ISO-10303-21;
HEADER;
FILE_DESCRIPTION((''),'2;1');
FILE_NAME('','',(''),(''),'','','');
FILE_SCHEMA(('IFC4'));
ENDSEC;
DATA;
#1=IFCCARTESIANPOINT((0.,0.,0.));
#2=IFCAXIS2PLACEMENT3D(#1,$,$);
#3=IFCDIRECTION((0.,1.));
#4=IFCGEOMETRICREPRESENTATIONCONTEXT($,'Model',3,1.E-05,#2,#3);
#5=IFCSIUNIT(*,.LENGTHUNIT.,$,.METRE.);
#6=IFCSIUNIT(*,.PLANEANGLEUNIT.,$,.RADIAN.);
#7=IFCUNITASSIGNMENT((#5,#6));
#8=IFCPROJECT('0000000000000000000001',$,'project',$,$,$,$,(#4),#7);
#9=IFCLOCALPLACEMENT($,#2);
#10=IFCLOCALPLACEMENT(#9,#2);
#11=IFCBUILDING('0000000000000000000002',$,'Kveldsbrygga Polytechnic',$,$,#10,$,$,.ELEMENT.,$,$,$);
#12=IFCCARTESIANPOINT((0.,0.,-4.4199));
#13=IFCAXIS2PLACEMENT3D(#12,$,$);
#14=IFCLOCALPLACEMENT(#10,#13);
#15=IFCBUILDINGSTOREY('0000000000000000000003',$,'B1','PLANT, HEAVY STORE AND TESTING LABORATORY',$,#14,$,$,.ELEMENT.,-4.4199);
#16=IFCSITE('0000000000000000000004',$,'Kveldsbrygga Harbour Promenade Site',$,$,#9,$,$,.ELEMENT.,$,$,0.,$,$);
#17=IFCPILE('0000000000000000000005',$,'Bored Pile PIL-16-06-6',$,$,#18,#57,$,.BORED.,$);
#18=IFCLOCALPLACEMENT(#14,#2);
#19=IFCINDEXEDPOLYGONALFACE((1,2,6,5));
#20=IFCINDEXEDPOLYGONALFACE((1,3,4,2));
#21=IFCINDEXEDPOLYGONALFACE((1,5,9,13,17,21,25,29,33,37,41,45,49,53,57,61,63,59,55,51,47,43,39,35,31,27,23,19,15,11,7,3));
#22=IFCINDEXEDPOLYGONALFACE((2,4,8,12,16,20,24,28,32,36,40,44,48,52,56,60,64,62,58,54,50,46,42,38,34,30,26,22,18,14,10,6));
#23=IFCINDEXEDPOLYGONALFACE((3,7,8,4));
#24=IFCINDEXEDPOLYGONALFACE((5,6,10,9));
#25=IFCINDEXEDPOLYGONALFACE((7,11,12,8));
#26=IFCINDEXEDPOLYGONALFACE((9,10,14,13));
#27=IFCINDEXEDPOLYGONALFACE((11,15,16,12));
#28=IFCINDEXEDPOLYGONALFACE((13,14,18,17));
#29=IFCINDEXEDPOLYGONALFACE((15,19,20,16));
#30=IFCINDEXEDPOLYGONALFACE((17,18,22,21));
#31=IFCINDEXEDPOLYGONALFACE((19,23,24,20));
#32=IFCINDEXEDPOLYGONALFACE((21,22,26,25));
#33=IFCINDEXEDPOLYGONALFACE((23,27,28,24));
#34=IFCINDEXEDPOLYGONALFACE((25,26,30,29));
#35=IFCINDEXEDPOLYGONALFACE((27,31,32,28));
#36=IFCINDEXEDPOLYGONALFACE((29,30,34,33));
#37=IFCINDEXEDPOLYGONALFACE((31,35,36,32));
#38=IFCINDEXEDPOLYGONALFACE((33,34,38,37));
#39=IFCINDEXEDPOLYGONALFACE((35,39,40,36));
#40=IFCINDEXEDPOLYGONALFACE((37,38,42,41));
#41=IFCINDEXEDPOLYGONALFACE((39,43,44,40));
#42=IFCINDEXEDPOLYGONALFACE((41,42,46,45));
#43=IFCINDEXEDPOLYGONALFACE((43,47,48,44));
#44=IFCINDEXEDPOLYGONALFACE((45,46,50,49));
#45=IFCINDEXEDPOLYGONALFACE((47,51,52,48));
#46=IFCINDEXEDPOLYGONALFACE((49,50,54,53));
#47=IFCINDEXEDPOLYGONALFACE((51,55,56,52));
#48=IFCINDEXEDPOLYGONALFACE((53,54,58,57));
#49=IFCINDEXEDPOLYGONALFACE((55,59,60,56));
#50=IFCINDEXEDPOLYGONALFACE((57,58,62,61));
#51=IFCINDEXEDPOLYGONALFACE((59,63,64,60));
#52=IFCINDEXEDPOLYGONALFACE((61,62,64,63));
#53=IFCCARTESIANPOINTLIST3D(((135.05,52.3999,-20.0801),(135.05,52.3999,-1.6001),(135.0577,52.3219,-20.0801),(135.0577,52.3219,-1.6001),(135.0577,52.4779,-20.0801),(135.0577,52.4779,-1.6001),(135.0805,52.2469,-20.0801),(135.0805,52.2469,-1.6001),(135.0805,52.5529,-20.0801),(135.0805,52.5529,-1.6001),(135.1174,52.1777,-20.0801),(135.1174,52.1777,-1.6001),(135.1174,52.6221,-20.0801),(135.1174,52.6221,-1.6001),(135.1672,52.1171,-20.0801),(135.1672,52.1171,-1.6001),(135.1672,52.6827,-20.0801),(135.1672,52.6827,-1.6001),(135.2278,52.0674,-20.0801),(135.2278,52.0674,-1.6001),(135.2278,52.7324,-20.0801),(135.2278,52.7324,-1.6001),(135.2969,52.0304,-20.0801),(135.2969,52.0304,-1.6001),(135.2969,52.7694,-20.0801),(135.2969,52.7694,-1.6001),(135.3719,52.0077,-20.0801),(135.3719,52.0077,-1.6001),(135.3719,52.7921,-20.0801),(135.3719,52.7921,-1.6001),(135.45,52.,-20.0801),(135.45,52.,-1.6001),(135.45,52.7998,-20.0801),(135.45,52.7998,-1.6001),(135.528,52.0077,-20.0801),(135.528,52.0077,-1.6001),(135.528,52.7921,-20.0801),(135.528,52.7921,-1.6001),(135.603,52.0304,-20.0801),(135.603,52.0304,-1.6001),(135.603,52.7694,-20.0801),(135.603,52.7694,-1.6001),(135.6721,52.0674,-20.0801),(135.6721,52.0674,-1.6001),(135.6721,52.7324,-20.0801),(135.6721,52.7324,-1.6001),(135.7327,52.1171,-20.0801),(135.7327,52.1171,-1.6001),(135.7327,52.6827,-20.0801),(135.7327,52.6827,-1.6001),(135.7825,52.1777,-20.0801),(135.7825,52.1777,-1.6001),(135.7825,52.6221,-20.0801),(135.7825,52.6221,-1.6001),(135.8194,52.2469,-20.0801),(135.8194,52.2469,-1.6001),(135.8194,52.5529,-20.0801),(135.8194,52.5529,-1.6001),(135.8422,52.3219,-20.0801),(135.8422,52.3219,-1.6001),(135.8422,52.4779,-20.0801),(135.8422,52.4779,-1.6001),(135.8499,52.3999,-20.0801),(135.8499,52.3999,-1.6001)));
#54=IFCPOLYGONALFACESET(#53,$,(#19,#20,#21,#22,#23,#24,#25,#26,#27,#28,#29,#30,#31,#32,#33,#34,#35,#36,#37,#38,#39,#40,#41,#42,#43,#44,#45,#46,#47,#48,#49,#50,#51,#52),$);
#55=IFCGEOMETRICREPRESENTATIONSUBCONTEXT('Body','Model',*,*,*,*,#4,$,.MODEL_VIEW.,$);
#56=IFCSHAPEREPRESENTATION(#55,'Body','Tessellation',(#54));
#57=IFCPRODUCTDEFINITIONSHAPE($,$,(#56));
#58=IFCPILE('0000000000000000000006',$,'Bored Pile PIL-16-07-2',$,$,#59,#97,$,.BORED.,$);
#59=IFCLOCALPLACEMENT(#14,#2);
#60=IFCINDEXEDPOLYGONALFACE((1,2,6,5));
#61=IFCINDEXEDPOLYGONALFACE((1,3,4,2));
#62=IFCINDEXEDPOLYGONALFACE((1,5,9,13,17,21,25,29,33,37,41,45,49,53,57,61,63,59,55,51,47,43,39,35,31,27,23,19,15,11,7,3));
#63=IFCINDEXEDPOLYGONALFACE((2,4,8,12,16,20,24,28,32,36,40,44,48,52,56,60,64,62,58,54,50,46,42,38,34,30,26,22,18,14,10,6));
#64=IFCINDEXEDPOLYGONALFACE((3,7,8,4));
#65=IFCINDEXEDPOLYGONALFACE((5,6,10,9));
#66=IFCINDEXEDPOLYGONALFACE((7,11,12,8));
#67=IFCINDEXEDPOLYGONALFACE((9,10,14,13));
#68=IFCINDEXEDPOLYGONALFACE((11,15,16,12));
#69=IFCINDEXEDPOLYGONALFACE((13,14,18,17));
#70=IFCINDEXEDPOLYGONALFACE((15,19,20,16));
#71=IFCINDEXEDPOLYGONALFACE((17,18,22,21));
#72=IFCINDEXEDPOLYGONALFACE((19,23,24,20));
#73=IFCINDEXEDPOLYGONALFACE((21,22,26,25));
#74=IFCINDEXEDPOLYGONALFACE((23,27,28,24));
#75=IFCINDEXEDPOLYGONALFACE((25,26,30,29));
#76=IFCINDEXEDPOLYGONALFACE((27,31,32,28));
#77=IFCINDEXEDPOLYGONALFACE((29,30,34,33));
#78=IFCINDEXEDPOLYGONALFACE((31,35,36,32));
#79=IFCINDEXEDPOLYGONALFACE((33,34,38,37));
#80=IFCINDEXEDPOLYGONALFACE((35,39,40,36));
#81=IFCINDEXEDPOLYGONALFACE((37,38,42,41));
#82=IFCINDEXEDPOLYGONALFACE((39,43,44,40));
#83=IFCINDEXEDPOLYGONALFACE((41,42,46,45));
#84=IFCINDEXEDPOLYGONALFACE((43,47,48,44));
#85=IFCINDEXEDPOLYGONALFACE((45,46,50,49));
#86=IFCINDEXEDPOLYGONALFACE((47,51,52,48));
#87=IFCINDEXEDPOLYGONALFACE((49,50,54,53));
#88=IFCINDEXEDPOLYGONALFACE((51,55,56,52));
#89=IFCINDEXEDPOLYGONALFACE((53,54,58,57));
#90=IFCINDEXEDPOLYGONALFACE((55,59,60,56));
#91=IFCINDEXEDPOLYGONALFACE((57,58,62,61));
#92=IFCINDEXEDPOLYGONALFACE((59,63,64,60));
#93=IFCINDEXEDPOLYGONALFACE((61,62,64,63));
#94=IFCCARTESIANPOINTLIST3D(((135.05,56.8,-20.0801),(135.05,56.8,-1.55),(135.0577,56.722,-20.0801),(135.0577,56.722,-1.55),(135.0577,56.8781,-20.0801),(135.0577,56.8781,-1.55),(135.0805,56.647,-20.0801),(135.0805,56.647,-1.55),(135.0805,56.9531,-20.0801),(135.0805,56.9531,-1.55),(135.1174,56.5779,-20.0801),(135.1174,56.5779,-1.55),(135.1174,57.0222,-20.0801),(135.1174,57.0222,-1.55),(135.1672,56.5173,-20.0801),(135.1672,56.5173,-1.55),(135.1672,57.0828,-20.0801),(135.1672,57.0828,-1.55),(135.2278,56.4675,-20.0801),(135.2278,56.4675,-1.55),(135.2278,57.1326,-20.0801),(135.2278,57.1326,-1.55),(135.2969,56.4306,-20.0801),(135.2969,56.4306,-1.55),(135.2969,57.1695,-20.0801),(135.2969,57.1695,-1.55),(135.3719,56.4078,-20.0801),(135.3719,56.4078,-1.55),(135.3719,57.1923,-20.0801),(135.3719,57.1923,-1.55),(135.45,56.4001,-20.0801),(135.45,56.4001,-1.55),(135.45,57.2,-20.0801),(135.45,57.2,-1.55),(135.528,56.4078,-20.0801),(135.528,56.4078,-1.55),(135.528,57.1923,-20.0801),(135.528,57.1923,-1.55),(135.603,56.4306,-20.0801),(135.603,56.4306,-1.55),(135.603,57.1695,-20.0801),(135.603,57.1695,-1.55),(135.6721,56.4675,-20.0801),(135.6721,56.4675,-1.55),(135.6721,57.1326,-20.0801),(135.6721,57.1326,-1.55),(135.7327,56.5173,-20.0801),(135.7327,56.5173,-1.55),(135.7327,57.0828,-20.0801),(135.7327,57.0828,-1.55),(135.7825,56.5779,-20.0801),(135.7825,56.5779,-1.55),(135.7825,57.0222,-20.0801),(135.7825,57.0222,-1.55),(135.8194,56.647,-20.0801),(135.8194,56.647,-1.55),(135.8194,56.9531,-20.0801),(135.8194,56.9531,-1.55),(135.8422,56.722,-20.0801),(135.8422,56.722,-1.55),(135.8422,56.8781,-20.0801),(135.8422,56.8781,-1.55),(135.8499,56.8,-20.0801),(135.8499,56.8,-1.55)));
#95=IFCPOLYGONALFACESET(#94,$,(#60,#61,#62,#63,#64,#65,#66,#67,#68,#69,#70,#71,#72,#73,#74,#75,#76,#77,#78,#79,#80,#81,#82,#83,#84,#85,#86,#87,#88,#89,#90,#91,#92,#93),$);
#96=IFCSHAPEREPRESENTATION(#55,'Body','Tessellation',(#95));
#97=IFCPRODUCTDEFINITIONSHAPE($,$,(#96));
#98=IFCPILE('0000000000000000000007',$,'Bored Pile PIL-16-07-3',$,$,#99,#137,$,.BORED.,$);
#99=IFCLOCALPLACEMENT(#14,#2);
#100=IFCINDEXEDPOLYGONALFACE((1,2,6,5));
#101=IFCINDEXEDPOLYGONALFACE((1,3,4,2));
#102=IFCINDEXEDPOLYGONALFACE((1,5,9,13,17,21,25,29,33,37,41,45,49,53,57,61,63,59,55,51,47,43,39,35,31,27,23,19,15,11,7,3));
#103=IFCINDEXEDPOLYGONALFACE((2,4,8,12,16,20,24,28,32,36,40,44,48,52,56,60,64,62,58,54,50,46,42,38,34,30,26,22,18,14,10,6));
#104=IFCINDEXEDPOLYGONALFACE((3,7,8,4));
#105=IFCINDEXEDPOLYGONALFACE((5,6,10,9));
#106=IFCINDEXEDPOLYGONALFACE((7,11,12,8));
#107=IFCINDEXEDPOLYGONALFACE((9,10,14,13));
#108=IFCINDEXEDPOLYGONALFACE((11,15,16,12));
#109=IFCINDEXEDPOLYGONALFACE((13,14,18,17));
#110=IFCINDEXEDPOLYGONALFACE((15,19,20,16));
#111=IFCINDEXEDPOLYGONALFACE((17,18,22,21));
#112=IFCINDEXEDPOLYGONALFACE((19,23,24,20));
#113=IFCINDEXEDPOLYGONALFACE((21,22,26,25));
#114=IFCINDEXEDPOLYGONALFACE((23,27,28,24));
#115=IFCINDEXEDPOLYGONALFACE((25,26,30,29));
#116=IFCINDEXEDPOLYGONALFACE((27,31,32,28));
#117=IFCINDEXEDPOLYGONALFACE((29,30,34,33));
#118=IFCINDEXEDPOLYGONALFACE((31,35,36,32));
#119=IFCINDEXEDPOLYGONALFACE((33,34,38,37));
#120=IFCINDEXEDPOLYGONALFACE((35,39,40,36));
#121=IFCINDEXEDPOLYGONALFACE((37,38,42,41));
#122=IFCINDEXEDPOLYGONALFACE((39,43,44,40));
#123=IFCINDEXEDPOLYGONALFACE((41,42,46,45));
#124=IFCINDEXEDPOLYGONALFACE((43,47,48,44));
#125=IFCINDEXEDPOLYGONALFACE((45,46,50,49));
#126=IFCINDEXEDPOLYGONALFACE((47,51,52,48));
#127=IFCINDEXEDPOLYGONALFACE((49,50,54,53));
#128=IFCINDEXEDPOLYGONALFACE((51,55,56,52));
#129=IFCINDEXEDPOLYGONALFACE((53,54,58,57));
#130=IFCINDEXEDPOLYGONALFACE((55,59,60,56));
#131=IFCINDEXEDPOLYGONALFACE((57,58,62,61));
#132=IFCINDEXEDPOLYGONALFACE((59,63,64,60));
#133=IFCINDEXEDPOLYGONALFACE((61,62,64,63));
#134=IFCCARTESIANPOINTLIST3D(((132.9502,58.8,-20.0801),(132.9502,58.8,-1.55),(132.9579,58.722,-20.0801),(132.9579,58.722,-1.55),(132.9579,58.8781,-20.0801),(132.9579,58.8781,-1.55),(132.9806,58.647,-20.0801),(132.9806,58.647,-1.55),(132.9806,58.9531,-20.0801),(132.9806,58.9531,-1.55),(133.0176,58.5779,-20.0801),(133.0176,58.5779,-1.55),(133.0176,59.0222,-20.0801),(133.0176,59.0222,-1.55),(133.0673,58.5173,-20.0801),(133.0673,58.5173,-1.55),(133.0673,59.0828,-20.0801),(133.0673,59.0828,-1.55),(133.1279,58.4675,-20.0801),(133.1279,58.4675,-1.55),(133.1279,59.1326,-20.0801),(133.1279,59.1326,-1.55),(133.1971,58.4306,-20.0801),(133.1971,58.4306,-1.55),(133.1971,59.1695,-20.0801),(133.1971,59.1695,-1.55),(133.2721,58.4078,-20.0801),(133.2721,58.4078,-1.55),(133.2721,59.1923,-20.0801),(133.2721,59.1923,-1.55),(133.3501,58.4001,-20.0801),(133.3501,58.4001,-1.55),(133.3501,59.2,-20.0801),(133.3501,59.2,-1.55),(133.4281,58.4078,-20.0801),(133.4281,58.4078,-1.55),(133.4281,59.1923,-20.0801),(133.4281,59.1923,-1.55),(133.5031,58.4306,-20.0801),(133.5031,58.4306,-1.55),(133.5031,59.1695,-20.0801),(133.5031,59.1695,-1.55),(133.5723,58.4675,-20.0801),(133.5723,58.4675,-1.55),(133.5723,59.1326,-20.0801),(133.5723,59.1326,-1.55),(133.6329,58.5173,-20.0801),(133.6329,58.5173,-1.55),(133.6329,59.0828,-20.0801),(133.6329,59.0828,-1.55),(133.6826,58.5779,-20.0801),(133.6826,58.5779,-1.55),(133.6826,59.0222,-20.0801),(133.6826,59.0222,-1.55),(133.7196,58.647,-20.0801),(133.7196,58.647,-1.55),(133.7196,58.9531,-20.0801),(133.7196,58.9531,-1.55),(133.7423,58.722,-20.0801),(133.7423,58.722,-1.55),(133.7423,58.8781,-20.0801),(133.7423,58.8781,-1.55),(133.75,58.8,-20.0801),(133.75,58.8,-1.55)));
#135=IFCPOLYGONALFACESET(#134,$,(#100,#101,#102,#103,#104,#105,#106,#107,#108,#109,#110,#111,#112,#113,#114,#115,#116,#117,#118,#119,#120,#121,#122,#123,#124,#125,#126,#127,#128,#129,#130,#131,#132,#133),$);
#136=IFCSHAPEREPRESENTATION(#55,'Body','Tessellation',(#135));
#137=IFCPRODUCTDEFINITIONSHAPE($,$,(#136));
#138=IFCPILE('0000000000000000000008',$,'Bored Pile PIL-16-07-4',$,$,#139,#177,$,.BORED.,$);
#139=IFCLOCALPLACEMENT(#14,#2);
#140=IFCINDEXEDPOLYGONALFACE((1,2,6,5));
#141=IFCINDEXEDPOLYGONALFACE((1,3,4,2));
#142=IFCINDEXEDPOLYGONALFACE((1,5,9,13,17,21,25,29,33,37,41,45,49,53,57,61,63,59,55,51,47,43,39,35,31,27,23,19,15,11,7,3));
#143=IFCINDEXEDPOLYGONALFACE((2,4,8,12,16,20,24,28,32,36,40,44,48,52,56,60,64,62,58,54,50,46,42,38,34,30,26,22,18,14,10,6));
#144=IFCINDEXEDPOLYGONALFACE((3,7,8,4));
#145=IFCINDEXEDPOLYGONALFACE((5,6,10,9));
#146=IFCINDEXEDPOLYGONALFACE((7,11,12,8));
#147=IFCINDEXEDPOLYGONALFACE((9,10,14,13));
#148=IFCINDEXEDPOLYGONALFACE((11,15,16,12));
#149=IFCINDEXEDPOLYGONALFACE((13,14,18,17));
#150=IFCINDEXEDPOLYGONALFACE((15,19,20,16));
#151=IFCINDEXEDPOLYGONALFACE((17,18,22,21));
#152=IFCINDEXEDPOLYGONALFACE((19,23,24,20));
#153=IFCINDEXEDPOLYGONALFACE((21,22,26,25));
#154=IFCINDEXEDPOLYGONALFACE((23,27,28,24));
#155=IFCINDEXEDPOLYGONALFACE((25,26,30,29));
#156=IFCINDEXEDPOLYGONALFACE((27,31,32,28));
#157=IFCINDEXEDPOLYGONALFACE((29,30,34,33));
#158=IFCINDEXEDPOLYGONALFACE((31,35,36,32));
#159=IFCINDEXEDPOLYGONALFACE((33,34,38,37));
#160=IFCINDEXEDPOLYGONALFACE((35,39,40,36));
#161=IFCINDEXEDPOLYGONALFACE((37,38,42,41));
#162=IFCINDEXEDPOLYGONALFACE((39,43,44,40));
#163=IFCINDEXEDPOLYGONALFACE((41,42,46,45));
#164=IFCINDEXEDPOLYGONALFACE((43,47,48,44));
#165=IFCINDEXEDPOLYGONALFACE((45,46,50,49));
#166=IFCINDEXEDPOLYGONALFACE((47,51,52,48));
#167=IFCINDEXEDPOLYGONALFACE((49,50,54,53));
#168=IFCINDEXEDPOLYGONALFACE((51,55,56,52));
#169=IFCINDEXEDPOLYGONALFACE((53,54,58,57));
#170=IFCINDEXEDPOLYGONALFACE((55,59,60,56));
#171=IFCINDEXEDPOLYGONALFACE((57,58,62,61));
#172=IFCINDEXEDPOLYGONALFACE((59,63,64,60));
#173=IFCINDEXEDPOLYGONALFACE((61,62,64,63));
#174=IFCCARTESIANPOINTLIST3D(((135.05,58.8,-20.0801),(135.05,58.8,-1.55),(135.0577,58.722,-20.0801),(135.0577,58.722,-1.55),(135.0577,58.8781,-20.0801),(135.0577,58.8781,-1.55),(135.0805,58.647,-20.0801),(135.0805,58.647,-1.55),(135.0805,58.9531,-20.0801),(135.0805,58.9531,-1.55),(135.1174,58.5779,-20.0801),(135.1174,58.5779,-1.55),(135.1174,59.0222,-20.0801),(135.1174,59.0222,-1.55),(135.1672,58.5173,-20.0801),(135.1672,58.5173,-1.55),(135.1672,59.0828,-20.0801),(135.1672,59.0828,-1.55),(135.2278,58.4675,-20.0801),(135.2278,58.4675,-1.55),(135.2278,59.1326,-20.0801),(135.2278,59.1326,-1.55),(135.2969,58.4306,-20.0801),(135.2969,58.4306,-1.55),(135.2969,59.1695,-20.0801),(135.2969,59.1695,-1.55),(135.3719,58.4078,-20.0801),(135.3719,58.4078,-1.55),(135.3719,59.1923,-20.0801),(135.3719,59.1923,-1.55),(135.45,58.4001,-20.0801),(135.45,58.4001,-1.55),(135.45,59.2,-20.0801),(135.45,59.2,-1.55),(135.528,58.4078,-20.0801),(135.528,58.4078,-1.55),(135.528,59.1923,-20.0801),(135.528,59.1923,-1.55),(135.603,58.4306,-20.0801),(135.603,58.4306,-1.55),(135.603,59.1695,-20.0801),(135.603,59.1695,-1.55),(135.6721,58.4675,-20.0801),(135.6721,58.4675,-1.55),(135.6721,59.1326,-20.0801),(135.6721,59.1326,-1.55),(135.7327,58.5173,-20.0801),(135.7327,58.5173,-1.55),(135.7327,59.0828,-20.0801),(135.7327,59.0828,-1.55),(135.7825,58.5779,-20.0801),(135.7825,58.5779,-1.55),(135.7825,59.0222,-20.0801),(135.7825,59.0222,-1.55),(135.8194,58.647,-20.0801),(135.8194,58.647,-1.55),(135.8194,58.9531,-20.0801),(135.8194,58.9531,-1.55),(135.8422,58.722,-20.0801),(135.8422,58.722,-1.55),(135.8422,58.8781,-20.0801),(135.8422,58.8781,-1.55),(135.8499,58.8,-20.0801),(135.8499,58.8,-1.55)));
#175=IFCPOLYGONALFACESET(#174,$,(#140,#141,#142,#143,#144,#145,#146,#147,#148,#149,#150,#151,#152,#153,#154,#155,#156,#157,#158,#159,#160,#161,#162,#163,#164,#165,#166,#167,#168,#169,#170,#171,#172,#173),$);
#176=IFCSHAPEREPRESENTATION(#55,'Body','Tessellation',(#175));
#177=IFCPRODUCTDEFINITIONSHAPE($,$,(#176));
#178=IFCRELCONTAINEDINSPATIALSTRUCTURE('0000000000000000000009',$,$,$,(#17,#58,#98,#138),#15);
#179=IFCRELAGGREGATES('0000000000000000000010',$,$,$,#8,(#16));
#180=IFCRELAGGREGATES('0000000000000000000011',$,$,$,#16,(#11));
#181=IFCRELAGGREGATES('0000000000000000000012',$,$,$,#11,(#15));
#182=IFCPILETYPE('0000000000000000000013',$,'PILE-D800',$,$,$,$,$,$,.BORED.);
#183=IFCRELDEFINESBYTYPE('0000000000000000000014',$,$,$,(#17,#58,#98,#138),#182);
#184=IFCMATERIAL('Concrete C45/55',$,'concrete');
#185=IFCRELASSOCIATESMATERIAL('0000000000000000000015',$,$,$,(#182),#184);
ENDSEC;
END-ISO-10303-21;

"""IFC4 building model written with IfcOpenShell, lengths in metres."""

from ifc_helpers import new_model, si_unit, direction, frame, origin, origin_2d, place, context, subcontext, project, spatial, circle, extrude, material, material_profile, profile_set, type_object, element, save


model = new_model("IFC4")

# Units and contexts
model_context = context("Model", 3, precision=1e-05, world=origin(), true_north=direction((0.0, 1.0)))
body_context = subcontext(model_context, "Body", "Model", "MODEL_VIEW")
ifc_project = project(units=[si_unit("LENGTHUNIT", "METRE"), si_unit("PLANEANGLEUNIT", "RADIAN")], contexts=[model_context])

# Site, building, storey
site_placement = place(None, origin())
site = spatial("IfcSite", under=ifc_project, at=site_placement, Name="Kveldsbrygga Harbour Promenade Site", CompositionType="ELEMENT", RefElevation=0.0)
building_placement = place(site_placement, origin())
building = spatial("IfcBuilding", under=site, at=building_placement, Name="Kveldsbrygga Polytechnic", CompositionType="ELEMENT")
storey_placement = place(building_placement, frame((0.0, 0.0, -4.4199)))
storey = spatial("IfcBuildingStorey", under=building, at=storey_placement, Name="B1", Description="PLANT, HEAVY STORE AND TESTING LABORATORY", CompositionType="ELEMENT", Elevation=-4.4199)

# Shared definitions
ifc_material_1 = material(Name="Concrete C45/55", Category="concrete")

# Piles
ifc_material_profile_1 = material_profile(ifc_material_1, circle(Radius=0.3999, at=origin_2d()), Name="PILE D800")
ifc_profile_set_1 = profile_set([ifc_material_profile_1], Name="Concrete C45/55")
pile_type = type_object("IfcPileType", Name="PILE-D800", PredefinedType="BORED", material=ifc_profile_set_1)
for number, where, z_axis, x_axis, name in (
    (1, (135.45, 52.3999, -1.6001), (0.0, 0.0, -1.0), (1.0, 0.0, 0.0), "Bored Pile PIL-16-06-6"),
):
    element("IfcPile", number, at=place(storey_placement, frame(where, z_axis=z_axis, x_axis=x_axis)), inside=storey, type_object=pile_type, Name=name, PredefinedType="BORED", context=body_context, shape_type="SweptSolid", body=[
        extrude(circle(Radius=0.3999, at=origin_2d()), origin(), (0.0, 0.0, 1.0), 18.48),
    ])
for number, where, z_axis, x_axis, name in (
    (2, (135.45, 56.8, -1.55), (0.0, 0.0, -1.0), (1.0, 0.0, 0.0), "Bored Pile PIL-16-07-2"),
    (3, (133.3501, 58.8, -1.55), (0.0, 0.0, -1.0), (1.0, 0.0, 0.0), "Bored Pile PIL-16-07-3"),
    (4, (135.45, 58.8, -1.55), (0.0, 0.0, -1.0), (1.0, 0.0, 0.0), "Bored Pile PIL-16-07-4"),
):
    element("IfcPile", number, at=place(storey_placement, frame(where, z_axis=z_axis, x_axis=x_axis)), inside=storey, type_object=pile_type, Name=name, PredefinedType="BORED", context=body_context, shape_type="SweptSolid", body=[
        extrude(circle(Radius=0.3999, at=origin_2d()), origin(), (0.0, 0.0, 1.0), 18.53),
    ])

save(model, "model.ifc")
